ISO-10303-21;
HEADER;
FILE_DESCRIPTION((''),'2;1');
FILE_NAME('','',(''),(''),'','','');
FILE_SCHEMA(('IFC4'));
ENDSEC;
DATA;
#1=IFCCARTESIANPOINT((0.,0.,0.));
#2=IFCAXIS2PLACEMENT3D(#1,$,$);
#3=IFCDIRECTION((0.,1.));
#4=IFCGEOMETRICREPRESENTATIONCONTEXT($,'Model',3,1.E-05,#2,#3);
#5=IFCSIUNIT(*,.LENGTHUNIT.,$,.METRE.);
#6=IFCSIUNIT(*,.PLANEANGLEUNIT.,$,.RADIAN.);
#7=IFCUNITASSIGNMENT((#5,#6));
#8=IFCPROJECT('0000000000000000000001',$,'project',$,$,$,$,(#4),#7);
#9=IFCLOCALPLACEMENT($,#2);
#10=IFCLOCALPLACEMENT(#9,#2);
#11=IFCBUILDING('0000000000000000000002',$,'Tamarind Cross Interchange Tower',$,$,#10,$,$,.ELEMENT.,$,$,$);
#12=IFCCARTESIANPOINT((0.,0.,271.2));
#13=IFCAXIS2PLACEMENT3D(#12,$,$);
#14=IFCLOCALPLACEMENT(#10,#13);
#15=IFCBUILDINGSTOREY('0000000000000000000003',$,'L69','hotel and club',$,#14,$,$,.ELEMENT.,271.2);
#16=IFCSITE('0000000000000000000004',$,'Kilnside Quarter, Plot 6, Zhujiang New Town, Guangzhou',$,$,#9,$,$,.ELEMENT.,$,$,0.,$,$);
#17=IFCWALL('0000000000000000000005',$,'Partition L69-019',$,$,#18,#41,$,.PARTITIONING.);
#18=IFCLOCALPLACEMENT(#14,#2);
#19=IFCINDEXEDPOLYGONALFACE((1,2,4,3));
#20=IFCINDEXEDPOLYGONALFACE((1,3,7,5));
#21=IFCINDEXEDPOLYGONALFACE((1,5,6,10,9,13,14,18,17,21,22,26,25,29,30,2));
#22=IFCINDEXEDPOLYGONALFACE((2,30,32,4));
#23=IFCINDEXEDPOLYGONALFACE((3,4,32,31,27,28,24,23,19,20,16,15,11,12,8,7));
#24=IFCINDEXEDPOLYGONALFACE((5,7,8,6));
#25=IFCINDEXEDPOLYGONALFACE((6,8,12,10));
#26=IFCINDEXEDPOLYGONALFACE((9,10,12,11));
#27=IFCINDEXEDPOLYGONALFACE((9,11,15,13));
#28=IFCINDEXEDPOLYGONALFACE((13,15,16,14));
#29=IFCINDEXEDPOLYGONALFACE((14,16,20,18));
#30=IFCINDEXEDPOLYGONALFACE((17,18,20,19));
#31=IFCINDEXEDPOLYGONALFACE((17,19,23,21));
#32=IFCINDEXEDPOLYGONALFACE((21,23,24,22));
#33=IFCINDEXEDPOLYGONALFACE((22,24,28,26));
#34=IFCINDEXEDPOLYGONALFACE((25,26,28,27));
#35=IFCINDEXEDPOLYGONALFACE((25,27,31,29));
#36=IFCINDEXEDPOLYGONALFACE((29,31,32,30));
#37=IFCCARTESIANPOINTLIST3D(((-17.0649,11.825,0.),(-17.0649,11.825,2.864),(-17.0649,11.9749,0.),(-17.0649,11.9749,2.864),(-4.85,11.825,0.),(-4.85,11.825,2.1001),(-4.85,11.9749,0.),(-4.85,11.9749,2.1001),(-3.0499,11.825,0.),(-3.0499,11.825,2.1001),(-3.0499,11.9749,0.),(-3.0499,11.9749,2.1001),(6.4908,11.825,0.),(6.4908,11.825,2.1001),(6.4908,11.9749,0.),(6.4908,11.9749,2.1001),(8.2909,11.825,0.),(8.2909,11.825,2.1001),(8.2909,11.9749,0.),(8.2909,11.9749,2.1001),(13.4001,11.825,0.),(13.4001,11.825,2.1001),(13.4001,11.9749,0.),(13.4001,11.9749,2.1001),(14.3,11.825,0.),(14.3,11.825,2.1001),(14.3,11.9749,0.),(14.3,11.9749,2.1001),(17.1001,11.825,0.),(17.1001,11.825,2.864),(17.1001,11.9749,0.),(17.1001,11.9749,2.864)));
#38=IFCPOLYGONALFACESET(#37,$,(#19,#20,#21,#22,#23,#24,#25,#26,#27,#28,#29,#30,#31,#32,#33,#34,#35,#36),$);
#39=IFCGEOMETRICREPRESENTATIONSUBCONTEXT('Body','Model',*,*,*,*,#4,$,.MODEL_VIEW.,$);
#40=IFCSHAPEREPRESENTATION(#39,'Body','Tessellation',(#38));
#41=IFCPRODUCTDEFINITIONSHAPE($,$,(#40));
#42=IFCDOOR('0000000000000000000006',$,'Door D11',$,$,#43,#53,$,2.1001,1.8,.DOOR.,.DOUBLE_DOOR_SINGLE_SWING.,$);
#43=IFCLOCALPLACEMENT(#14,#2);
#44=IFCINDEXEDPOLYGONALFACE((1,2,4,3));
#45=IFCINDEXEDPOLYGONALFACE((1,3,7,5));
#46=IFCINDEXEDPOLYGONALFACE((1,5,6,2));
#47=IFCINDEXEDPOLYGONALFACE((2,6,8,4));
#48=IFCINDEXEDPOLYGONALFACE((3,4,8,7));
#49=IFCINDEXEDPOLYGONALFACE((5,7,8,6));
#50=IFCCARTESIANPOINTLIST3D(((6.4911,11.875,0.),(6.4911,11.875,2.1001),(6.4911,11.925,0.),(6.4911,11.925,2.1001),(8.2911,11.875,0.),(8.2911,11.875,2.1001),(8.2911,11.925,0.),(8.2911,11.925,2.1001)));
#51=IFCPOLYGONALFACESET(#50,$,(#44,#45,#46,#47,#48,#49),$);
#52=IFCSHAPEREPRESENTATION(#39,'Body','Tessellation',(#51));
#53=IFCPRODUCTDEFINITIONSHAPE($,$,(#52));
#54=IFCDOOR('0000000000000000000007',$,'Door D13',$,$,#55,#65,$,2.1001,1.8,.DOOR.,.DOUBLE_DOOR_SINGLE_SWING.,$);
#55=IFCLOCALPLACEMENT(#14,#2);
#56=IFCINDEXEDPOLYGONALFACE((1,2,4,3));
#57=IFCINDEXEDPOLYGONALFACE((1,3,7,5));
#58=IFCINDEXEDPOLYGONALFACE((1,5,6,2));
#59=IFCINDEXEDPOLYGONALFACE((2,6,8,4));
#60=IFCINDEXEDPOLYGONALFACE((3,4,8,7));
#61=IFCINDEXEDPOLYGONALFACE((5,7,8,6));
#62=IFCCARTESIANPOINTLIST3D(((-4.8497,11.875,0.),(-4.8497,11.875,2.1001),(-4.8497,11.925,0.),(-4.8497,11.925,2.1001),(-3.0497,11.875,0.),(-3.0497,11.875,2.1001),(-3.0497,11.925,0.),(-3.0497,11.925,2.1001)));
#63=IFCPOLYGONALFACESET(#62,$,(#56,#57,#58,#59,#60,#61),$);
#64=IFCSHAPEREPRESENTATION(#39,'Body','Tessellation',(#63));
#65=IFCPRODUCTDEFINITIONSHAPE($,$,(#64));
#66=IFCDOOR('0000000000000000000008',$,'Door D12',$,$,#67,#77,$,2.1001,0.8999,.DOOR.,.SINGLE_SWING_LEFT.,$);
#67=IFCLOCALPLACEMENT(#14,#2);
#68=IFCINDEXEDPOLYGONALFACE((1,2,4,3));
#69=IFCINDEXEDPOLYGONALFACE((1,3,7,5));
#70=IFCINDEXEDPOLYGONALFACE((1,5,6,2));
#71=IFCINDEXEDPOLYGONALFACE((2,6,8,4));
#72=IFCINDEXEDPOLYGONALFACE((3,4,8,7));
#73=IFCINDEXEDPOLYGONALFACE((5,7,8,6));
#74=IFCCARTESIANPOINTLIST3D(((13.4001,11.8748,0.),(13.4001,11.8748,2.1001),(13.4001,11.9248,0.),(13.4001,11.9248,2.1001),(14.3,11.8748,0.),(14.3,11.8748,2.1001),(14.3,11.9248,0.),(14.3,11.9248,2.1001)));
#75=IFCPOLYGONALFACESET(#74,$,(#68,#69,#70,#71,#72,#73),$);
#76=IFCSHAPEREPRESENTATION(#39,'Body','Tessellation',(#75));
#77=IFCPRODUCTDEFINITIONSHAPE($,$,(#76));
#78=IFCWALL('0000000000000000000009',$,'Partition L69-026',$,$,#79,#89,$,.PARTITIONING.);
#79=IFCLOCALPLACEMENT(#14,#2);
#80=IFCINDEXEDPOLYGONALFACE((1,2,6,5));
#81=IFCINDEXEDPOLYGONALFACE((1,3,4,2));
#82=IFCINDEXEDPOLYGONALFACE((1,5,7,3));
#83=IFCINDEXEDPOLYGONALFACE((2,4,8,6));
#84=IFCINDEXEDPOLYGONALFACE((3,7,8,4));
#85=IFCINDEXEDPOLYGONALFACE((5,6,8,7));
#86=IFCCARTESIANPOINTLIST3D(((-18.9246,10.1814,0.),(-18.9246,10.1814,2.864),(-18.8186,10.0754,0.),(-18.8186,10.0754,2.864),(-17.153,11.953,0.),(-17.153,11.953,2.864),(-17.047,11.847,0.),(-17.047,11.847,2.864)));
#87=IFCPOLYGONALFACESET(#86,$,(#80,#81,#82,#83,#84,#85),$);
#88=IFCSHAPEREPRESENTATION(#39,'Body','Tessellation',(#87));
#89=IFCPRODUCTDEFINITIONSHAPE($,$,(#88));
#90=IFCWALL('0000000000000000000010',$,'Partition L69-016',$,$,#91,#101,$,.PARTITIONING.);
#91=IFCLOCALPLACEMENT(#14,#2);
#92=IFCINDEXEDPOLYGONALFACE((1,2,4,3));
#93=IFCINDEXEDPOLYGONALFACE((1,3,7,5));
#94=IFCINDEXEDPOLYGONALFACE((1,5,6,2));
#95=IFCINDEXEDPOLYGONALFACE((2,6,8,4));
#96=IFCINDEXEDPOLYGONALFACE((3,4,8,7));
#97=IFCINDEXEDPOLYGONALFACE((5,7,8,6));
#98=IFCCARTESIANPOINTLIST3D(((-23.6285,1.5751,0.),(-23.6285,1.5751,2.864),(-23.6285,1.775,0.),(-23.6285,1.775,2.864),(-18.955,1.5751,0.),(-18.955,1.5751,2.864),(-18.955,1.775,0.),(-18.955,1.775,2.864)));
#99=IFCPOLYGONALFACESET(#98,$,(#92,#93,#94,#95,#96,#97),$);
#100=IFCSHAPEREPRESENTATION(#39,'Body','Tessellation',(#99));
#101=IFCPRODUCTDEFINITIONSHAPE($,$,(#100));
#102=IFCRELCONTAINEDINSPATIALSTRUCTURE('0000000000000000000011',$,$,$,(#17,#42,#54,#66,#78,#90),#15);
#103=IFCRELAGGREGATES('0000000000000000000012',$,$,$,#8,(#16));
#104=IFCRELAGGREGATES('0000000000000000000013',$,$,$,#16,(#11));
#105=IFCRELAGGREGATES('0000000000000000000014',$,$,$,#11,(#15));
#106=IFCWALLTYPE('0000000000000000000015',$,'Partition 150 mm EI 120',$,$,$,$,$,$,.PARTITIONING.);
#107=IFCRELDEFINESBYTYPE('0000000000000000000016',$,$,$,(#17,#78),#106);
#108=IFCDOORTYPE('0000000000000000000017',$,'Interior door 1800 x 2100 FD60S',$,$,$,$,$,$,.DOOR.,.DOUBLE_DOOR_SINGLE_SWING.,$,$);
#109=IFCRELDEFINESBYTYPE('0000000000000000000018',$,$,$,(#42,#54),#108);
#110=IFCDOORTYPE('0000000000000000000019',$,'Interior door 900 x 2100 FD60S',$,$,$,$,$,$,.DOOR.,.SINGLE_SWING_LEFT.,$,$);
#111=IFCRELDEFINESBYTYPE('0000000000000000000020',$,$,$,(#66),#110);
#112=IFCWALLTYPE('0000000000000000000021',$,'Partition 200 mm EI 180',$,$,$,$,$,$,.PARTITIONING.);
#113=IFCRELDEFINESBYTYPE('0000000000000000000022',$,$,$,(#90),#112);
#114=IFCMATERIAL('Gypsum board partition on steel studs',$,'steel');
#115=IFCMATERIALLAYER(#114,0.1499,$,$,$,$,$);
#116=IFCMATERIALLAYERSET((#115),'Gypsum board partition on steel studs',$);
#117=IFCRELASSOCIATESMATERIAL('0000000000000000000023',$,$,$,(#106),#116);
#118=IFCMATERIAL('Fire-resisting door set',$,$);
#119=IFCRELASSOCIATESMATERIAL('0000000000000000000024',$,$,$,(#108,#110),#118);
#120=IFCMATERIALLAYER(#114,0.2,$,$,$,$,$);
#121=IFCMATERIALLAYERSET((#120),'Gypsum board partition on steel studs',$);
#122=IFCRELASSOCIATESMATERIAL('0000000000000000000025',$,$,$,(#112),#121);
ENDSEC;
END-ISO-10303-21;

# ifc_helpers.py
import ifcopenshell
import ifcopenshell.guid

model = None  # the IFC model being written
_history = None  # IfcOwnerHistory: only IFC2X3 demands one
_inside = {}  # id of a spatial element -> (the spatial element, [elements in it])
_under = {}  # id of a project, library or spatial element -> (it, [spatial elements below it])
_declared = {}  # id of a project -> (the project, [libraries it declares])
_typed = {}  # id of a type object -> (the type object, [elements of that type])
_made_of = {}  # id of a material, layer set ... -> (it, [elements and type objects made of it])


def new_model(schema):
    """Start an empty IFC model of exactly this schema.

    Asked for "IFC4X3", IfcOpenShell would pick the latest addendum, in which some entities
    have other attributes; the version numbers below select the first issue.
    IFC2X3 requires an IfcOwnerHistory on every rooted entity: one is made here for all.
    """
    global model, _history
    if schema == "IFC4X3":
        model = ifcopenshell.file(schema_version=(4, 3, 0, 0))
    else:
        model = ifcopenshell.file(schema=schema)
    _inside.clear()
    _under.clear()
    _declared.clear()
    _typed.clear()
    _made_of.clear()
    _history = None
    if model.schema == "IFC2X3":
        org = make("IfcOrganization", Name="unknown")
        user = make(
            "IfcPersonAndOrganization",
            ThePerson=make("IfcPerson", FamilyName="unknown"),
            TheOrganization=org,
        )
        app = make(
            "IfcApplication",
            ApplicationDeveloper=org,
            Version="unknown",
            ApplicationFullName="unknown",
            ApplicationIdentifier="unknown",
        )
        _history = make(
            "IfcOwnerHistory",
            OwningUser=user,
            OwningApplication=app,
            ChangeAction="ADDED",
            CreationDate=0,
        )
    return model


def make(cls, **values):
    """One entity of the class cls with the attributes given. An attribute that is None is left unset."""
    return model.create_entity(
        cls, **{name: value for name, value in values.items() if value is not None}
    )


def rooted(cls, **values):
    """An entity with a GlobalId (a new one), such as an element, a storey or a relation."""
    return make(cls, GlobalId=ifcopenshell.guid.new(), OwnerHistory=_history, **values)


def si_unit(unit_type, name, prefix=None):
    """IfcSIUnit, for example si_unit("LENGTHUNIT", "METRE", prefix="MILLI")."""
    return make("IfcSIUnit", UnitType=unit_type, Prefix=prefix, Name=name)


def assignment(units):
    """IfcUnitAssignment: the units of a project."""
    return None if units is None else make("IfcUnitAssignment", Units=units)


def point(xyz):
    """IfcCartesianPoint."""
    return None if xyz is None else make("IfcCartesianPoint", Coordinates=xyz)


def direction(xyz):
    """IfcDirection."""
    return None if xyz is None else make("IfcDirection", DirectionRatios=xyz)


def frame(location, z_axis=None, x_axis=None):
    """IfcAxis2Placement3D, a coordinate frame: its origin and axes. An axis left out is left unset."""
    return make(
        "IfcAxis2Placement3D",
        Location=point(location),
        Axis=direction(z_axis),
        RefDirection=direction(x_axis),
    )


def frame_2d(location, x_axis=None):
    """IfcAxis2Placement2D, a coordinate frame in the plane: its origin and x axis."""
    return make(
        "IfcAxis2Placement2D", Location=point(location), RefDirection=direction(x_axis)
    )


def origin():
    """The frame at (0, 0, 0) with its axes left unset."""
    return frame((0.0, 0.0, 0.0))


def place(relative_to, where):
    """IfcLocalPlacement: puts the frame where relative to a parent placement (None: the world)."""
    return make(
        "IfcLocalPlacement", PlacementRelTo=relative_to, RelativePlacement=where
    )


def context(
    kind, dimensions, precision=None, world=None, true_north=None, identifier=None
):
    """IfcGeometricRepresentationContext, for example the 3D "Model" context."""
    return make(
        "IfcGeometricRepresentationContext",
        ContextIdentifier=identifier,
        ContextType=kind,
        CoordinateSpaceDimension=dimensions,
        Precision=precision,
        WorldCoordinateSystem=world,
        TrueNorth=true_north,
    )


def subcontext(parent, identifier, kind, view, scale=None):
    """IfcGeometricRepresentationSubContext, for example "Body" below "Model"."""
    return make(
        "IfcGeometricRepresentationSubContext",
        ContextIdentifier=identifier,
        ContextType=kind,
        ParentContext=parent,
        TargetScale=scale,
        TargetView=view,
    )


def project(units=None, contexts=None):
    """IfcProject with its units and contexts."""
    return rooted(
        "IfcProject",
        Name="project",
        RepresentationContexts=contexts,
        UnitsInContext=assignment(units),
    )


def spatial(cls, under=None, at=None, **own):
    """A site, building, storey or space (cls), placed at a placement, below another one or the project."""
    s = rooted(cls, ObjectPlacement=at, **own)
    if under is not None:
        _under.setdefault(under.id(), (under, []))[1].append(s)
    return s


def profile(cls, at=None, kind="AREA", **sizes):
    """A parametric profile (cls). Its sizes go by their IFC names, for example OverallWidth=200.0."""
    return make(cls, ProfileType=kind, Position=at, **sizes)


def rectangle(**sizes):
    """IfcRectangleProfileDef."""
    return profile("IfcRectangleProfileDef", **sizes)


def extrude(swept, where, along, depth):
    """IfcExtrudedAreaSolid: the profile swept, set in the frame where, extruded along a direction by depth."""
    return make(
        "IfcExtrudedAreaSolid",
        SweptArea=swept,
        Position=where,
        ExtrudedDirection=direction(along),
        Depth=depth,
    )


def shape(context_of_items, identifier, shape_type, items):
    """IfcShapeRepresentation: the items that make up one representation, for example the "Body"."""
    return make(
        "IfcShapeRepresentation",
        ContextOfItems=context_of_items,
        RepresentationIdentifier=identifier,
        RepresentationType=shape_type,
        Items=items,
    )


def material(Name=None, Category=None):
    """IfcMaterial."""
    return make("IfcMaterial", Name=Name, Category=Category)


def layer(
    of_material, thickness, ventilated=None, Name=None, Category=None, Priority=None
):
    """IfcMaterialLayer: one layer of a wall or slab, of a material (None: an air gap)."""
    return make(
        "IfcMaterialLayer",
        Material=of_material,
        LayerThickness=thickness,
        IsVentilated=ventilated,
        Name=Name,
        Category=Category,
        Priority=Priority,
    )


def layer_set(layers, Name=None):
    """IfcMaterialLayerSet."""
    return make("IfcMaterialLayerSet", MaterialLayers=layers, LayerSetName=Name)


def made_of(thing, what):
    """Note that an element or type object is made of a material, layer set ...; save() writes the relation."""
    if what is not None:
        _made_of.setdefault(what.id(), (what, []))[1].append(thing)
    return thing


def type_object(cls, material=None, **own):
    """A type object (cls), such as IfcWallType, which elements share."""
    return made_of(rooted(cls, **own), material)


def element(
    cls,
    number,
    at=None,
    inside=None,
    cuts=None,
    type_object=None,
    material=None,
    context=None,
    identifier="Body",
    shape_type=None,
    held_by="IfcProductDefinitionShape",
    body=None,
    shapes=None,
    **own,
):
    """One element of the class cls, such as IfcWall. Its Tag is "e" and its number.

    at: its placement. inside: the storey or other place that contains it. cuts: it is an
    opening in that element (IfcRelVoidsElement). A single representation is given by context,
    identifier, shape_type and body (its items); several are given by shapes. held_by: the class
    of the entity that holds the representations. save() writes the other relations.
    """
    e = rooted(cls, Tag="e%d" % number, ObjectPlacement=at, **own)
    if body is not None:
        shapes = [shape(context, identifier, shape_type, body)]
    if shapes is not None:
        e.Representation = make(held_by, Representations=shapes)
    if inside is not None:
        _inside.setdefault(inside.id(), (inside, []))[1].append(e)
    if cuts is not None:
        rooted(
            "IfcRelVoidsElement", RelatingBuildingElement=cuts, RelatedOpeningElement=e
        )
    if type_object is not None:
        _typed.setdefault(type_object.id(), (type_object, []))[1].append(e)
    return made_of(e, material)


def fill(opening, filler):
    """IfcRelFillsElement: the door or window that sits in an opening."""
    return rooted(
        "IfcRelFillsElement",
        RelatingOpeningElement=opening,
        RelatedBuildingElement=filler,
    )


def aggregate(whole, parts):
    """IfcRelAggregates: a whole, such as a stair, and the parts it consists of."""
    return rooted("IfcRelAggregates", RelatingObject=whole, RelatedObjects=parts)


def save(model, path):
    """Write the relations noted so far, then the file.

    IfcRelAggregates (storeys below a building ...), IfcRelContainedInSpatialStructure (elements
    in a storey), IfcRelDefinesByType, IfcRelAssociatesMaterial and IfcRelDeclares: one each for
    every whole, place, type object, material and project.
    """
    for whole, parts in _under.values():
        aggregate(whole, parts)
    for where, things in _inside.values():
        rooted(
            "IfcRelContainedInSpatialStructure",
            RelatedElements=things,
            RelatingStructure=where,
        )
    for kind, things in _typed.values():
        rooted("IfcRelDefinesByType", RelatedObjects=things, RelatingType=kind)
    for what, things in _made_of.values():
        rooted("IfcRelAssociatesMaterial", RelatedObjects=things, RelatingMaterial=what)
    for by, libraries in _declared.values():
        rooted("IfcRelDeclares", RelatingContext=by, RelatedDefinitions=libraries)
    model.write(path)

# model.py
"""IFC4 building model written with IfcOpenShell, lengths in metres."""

from ifc_helpers import new_model, si_unit, direction, frame, frame_2d, origin, place, context, subcontext, project, spatial, rectangle, extrude, material, layer, layer_set, type_object, element, fill, save


model = new_model("IFC4")

# Units and contexts
model_context = context("Model", 3, precision=1e-05, world=origin(), true_north=direction((0.0, 1.0)))
body_context = subcontext(model_context, "Body", "Model", "MODEL_VIEW")
ifc_project = project(units=[si_unit("LENGTHUNIT", "METRE"), si_unit("PLANEANGLEUNIT", "RADIAN")], contexts=[model_context])

# Site, building, storey
site_placement = place(None, origin())
site = spatial("IfcSite", under=ifc_project, at=site_placement, Name="Kilnside Quarter, Plot 6, Zhujiang New Town, Guangzhou", CompositionType="ELEMENT", RefElevation=0.0)
building_placement = place(site_placement, origin())
building = spatial("IfcBuilding", under=site, at=building_placement, Name="Tamarind Cross Interchange Tower", CompositionType="ELEMENT")
storey_placement = place(building_placement, frame((0.0, 0.0, 271.2)))
storey = spatial("IfcBuildingStorey", under=building, at=storey_placement, Name="L69", Description="hotel and club", CompositionType="ELEMENT", Elevation=271.2)

# Shared definitions
ifc_material_1 = material(Name="Gypsum board partition on steel studs", Category="steel")
ifc_layer_1 = layer(ifc_material_1, 0.1499)
ifc_layer_set_1 = layer_set([ifc_layer_1], Name="Gypsum board partition on steel studs")
wall_type_1 = type_object("IfcWallType", Name="Partition 150 mm EI 120", PredefinedType="PARTITIONING", material=ifc_layer_set_1)

# Shared definitions
ifc_material_2 = material(Name="Fire-resisting door set")
door_type_1 = type_object("IfcDoorType", Name="Interior door 1800 x 2100 FD60S", OperationType="DOUBLE_DOOR_SINGLE_SWING", PredefinedType="DOOR", material=ifc_material_2)

# Wall, openings, doors
wall_1_placement = place(storey_placement, frame((-17.0649, 11.8999, 0.0), z_axis=(0.0, 0.0, 1.0), x_axis=(1.0, 0.0, 0.0)))
wall_1 = element("IfcWall", 1, at=wall_1_placement, inside=storey, type_object=wall_type_1, Name="Partition L69-019", PredefinedType="PARTITIONING", context=body_context, shape_type="SweptSolid", body=[
    extrude(rectangle(XDim=34.165, YDim=0.1499, at=frame_2d((17.0825, 0.0))), origin(), (0.0, 0.0, 1.0), 2.864),
])
opening_1_placement = place(wall_1_placement, frame((23.5559, 0.0, 0.0)))
opening_1 = element("IfcOpeningElement", 2, at=opening_1_placement, cuts=wall_1, PredefinedType="OPENING", context=body_context, shape_type="SweptSolid", body=[
    extrude(rectangle(XDim=1.8, YDim=2.1001, at=frame_2d((0.8999, 1.05))), frame((0.0, 0.085, 0.0), z_axis=(0.0, -1.0, 0.0), x_axis=(1.0, 0.0, 0.0)), (0.0, 0.0, 1.0), 0.1699),
])
opening_2_placement = place(wall_1_placement, frame((30.4651, 0.0, 0.0)))
opening_2 = element("IfcOpeningElement", 3, at=opening_2_placement, cuts=wall_1, PredefinedType="OPENING", context=body_context, shape_type="SweptSolid", body=[
    extrude(rectangle(XDim=0.8999, YDim=2.1001, at=frame_2d((0.45, 1.05))), frame((0.0, 0.085, 0.0), z_axis=(0.0, -1.0, 0.0), x_axis=(1.0, 0.0, 0.0)), (0.0, 0.0, 1.0), 0.1699),
])
opening_3_placement = place(wall_1_placement, frame((12.2151, 0.0, 0.0)))
opening_3 = element("IfcOpeningElement", 4, at=opening_3_placement, cuts=wall_1, PredefinedType="OPENING", context=body_context, shape_type="SweptSolid", body=[
    extrude(rectangle(XDim=1.8, YDim=2.1001, at=frame_2d((0.8999, 1.05))), frame((0.0, 0.085, 0.0), z_axis=(0.0, -1.0, 0.0), x_axis=(1.0, 0.0, 0.0)), (0.0, 0.0, 1.0), 0.1699),
])
door_1_placement = place(opening_1_placement, frame((1.8, 0.0, 0.0), z_axis=(0.0, 0.0, 1.0), x_axis=(-1.0, 0.0, 0.0)))
door_1 = element("IfcDoor", 5, at=door_1_placement, inside=storey, type_object=door_type_1, Name="Door D11", OperationType="DOUBLE_DOOR_SINGLE_SWING", OverallHeight=2.1001, OverallWidth=1.8, PredefinedType="DOOR", context=body_context, shape_type="SweptSolid", body=[
    extrude(rectangle(XDim=1.8, YDim=2.1001, at=frame_2d((0.8999, 1.05))), frame((0.0, 0.0249, 0.0), z_axis=(0.0, -1.0, 0.0), x_axis=(1.0, 0.0, 0.0)), (0.0, 0.0, 1.0), 0.05),
])
fill(opening_1, door_1)
door_2_placement = place(opening_3_placement, frame((1.8, 0.0, 0.0), z_axis=(0.0, 0.0, 1.0), x_axis=(-1.0, 0.0, 0.0)))
door_2 = element("IfcDoor", 6, at=door_2_placement, inside=storey, type_object=door_type_1, Name="Door D13", OperationType="DOUBLE_DOOR_SINGLE_SWING", OverallHeight=2.1001, OverallWidth=1.8, PredefinedType="DOOR", context=body_context, shape_type="SweptSolid", body=[
    extrude(rectangle(XDim=1.8, YDim=2.1001, at=frame_2d((0.8999, 1.05))), frame((0.0, 0.0249, 0.0), z_axis=(0.0, -1.0, 0.0), x_axis=(1.0, 0.0, 0.0)), (0.0, 0.0, 1.0), 0.05),
])
fill(opening_3, door_2)
door_type_2 = type_object("IfcDoorType", Name="Interior door 900 x 2100 FD60S", OperationType="SINGLE_SWING_LEFT", PredefinedType="DOOR", material=ifc_material_2)
door_3_placement = place(opening_2_placement, origin())
door_3 = element("IfcDoor", 7, at=door_3_placement, inside=storey, type_object=door_type_2, Name="Door D12", OperationType="SINGLE_SWING_LEFT", OverallHeight=2.1001, OverallWidth=0.8999, PredefinedType="DOOR", context=body_context, shape_type="SweptSolid", body=[
    extrude(rectangle(XDim=0.8999, YDim=2.1001, at=frame_2d((0.45, 1.05))), frame((0.0, 0.0249, 0.0), z_axis=(0.0, -1.0, 0.0), x_axis=(1.0, 0.0, 0.0)), (0.0, 0.0, 1.0), 0.05),
])
fill(opening_2, door_3)

# Walls
wall_2_placement = place(storey_placement, frame((-18.8716, 10.1284, 0.0), z_axis=(0.0, 0.0, 1.0), x_axis=(0.707107, 0.707107, 0.0)))
element("IfcWall", 8, at=wall_2_placement, inside=storey, type_object=wall_type_1, Name="Partition L69-026", PredefinedType="PARTITIONING", context=body_context, shape_type="SweptSolid", body=[
    extrude(rectangle(XDim=2.5054, YDim=0.1499, at=frame_2d((1.2527, 0.0))), origin(), (0.0, 0.0, 1.0), 2.864),
])
ifc_layer_2 = layer(ifc_material_1, 0.2)
ifc_layer_set_2 = layer_set([ifc_layer_2], Name="Gypsum board partition on steel studs")
wall_type_2 = type_object("IfcWallType", Name="Partition 200 mm EI 180", PredefinedType="PARTITIONING", material=ifc_layer_set_2)
wall_3_placement = place(storey_placement, frame((-23.6287, 1.675, 0.0), z_axis=(0.0, 0.0, 1.0), x_axis=(1.0, 0.0, 0.0)))
element("IfcWall", 9, at=wall_3_placement, inside=storey, type_object=wall_type_2, Name="Partition L69-016", PredefinedType="PARTITIONING", context=body_context, shape_type="SweptSolid", body=[
    extrude(rectangle(XDim=4.6736, YDim=0.2, at=frame_2d((2.3369, 0.0))), origin(), (0.0, 0.0, 1.0), 2.864),
])

save(model, "model.ifc")
